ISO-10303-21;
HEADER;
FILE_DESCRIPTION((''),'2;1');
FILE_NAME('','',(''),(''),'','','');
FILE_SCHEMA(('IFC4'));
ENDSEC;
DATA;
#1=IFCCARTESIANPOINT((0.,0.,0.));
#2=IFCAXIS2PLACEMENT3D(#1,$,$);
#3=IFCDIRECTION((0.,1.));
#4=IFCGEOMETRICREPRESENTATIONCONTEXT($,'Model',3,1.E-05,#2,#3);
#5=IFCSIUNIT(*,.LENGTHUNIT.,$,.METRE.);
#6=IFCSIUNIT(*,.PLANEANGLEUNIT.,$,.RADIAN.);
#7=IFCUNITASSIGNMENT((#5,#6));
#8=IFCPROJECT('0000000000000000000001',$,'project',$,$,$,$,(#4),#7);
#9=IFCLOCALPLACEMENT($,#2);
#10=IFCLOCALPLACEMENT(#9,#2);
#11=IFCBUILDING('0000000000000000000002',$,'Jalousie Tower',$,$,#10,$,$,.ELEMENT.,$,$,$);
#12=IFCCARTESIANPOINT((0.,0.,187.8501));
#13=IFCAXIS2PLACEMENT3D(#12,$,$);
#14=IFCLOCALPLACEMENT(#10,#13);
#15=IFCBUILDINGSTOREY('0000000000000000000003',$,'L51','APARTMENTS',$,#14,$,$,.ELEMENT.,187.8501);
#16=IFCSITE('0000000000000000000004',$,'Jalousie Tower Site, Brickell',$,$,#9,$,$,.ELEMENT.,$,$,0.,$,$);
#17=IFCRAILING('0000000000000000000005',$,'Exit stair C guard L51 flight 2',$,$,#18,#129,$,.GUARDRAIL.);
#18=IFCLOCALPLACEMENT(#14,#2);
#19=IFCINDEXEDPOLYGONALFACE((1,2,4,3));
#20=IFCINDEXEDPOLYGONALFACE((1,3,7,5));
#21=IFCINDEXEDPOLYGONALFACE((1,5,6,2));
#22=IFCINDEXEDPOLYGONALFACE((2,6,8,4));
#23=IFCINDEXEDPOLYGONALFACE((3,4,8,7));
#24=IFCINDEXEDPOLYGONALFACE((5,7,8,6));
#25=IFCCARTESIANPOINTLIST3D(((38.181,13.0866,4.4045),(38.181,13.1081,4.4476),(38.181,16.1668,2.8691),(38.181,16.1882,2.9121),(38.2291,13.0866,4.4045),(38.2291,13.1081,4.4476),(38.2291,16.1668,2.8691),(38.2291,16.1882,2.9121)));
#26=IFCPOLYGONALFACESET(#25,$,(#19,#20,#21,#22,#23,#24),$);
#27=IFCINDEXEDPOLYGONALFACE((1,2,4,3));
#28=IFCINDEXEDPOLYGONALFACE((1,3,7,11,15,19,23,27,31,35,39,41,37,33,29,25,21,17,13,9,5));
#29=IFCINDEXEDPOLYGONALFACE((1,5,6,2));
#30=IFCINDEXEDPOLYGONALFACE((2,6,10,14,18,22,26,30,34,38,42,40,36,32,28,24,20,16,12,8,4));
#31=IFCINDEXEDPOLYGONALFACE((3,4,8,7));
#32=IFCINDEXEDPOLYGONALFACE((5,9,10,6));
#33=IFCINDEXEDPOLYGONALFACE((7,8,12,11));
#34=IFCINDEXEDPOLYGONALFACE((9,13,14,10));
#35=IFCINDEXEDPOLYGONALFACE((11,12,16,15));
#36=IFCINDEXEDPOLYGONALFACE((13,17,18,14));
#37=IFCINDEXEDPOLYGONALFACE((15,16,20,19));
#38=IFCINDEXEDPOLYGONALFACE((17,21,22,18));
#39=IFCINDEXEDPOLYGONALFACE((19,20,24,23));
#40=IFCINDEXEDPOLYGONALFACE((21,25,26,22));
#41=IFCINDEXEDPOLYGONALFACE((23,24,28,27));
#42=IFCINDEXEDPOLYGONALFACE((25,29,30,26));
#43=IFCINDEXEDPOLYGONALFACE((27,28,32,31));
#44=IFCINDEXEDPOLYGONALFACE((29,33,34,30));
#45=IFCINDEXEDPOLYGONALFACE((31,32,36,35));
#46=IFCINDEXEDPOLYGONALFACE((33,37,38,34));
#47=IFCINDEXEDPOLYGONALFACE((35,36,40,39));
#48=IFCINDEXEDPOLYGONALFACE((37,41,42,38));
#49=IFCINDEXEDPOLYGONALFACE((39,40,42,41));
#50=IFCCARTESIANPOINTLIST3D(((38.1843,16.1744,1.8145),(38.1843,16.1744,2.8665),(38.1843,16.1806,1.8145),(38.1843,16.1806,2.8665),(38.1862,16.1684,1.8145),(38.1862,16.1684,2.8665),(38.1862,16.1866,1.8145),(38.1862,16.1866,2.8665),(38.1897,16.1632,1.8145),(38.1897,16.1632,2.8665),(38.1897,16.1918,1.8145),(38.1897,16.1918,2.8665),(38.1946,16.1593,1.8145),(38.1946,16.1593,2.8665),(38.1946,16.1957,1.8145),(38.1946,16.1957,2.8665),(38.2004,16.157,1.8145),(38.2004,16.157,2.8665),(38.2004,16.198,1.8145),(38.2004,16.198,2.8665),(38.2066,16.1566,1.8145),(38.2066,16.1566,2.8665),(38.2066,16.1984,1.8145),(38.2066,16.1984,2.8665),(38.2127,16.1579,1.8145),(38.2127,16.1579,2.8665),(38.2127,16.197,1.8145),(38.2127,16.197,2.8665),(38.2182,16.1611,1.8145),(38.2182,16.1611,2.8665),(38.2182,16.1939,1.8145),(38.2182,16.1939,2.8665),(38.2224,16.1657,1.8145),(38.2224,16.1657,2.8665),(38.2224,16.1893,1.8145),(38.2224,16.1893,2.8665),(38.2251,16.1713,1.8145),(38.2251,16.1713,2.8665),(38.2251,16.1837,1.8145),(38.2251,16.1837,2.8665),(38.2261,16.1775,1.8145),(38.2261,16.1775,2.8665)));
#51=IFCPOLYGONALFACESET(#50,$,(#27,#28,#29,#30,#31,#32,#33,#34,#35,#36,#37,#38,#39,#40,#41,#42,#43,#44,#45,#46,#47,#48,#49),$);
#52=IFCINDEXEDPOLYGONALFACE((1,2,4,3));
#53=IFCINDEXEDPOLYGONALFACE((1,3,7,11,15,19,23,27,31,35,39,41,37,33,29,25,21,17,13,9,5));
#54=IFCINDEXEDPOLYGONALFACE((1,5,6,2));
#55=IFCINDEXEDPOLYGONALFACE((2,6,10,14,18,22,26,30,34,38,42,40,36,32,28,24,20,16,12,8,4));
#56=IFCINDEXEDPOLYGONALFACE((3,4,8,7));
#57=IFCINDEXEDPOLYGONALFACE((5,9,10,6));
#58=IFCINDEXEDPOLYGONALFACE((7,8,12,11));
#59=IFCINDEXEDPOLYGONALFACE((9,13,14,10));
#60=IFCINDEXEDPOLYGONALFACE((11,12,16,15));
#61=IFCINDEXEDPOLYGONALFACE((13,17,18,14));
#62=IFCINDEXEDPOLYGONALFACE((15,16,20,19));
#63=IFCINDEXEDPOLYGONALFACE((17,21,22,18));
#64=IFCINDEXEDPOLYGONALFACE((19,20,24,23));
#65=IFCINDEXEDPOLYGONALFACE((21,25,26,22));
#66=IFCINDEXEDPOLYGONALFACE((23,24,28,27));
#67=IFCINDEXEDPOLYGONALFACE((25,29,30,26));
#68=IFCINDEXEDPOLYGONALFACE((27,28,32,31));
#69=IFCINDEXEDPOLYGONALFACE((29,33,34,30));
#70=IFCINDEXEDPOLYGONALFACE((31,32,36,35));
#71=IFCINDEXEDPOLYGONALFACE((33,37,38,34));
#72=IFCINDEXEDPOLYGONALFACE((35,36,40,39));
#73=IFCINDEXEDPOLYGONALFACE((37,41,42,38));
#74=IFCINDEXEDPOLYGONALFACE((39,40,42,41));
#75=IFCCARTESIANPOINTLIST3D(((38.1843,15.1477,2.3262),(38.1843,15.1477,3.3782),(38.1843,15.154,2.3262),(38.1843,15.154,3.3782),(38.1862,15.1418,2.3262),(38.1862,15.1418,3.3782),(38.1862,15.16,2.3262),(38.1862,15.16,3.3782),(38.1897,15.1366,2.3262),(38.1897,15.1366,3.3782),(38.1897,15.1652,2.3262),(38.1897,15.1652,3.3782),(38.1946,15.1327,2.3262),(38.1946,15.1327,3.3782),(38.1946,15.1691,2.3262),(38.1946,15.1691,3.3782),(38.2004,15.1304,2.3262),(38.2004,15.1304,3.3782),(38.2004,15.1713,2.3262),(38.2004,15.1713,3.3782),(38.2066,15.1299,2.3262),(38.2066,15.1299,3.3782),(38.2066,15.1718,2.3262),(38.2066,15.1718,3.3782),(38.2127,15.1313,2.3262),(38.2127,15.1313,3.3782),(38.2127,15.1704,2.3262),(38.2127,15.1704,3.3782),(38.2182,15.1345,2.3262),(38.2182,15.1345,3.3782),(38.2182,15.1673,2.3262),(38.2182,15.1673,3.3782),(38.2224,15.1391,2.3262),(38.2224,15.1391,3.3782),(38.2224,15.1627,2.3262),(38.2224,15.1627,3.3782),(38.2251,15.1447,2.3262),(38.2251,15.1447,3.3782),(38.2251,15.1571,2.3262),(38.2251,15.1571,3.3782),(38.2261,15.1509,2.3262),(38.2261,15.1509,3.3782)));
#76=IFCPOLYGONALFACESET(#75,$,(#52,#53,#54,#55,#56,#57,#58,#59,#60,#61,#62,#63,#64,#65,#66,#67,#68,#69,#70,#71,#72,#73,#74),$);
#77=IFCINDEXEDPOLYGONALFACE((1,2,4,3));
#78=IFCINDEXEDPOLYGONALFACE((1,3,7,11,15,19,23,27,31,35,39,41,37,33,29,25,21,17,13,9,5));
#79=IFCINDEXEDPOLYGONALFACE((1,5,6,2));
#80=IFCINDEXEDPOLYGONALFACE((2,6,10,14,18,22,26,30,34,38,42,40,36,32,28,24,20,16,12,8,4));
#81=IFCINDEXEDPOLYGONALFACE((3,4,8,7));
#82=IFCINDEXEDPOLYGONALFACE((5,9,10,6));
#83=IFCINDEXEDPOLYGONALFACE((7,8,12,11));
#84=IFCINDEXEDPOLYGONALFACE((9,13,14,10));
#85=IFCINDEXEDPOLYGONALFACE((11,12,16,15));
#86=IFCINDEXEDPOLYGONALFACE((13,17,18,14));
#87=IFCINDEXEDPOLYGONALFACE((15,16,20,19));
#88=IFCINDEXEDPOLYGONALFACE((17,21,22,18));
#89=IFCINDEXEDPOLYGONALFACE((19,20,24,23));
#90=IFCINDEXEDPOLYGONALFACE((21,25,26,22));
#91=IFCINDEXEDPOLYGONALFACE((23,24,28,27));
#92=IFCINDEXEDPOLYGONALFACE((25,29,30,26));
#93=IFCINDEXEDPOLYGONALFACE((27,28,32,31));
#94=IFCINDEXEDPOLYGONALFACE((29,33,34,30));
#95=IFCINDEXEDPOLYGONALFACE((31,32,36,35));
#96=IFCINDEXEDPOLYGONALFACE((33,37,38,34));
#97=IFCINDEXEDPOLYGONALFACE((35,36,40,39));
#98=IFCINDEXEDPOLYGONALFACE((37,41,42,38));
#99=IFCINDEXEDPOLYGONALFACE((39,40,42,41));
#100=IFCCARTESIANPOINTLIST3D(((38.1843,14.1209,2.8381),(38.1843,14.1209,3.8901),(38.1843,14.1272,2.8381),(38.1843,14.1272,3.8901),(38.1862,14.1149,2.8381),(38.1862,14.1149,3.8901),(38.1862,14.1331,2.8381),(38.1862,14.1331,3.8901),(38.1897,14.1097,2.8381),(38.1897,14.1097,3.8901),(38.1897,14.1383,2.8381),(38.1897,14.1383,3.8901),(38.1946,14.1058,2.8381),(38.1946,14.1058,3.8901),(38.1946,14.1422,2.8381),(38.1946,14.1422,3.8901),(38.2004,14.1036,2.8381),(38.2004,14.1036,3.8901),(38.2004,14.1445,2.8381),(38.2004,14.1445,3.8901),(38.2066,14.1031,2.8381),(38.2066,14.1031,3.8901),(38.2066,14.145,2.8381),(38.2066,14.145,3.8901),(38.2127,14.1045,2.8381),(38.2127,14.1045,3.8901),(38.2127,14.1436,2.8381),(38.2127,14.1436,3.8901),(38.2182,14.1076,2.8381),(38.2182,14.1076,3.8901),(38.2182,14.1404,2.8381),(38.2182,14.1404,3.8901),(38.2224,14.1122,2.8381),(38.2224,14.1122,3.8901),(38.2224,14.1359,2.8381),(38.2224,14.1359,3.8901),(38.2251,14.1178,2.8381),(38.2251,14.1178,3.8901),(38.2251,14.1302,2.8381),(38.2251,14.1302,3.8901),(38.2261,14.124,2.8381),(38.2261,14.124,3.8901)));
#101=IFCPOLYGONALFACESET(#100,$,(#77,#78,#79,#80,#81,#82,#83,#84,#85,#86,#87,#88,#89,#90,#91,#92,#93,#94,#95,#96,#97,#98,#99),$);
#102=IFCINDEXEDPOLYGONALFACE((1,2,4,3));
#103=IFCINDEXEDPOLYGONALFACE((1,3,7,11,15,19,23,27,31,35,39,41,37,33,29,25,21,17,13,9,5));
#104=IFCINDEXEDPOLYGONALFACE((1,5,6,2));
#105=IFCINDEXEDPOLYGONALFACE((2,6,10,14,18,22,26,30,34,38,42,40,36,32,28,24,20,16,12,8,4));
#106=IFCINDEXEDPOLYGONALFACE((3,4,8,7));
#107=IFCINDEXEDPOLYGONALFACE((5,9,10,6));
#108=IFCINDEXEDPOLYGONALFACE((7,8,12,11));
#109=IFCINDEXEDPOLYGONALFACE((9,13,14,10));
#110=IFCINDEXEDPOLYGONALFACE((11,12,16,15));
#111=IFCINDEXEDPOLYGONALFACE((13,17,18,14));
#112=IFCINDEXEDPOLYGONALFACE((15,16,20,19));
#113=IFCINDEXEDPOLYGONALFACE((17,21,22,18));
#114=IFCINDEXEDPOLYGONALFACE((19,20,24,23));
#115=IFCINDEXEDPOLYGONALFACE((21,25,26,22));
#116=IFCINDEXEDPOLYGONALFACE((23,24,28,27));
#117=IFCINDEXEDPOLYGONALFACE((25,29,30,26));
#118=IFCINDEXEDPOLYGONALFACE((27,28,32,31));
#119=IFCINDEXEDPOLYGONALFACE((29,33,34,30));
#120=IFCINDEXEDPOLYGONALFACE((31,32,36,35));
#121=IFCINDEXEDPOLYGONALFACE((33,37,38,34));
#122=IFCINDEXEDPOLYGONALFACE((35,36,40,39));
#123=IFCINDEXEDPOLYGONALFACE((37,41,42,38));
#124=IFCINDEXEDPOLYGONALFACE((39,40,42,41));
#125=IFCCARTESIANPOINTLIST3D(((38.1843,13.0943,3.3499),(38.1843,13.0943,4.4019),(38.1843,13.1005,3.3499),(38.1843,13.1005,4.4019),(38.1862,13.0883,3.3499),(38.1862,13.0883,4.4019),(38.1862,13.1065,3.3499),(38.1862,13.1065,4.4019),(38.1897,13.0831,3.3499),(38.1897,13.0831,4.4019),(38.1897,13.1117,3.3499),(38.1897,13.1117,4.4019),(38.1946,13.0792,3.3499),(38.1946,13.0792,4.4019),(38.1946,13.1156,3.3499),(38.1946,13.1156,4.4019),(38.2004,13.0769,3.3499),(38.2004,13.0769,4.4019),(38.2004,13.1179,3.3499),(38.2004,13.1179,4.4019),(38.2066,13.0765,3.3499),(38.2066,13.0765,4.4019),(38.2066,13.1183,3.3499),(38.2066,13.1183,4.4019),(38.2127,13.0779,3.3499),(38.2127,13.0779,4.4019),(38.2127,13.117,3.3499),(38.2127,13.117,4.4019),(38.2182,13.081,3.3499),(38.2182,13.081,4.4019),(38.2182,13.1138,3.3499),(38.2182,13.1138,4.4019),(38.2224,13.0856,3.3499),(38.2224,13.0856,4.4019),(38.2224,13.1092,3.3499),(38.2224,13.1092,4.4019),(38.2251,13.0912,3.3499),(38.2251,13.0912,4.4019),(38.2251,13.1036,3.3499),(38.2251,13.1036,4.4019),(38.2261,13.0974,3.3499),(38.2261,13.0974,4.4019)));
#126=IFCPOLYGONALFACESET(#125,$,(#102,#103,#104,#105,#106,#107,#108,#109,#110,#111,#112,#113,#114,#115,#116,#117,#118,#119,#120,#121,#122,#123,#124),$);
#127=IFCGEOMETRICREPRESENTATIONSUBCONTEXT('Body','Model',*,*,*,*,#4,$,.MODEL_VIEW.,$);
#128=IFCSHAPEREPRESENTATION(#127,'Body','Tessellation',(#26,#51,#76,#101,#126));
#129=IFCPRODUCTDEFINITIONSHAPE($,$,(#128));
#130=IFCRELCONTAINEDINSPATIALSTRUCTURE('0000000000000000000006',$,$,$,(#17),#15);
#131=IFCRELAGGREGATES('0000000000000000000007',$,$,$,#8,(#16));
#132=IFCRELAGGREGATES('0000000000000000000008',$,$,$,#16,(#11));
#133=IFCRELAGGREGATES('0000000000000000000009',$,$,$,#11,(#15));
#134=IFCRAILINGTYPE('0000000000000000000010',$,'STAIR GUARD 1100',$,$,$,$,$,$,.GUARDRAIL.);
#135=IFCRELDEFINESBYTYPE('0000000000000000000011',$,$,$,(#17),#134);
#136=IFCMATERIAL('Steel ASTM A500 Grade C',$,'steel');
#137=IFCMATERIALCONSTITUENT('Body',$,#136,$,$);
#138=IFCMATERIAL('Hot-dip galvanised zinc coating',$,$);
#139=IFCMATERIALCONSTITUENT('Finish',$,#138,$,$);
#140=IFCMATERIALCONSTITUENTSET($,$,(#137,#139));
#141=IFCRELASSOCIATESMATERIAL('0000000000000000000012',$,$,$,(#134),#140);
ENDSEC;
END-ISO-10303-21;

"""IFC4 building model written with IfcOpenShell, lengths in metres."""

from ifc_helpers import new_model, si_unit, direction, frame, origin, origin_2d, place, context, subcontext, project, spatial, rectangle, circle, extrude, material, constituent, constituent_set, type_object, element, save


model = new_model("IFC4")

# Units and contexts
model_context = context("Model", 3, precision=1e-05, world=origin(), true_north=direction((0.0, 1.0)))
body_context = subcontext(model_context, "Body", "Model", "MODEL_VIEW")
ifc_project = project(units=[si_unit("LENGTHUNIT", "METRE"), si_unit("PLANEANGLEUNIT", "RADIAN")], contexts=[model_context])

# Site, building, storey
site_placement = place(None, origin())
site = spatial("IfcSite", under=ifc_project, at=site_placement, Name="Jalousie Tower Site, Brickell", CompositionType="ELEMENT", RefElevation=0.0)
building_placement = place(site_placement, origin())
building = spatial("IfcBuilding", under=site, at=building_placement, Name="Jalousie Tower", CompositionType="ELEMENT")
storey_placement = place(building_placement, frame((0.0, 0.0, 187.8501)))
storey = spatial("IfcBuildingStorey", under=building, at=storey_placement, Name="L51", Description="APARTMENTS", CompositionType="ELEMENT", Elevation=187.8501)

# Railing
ifc_material_1 = material(Name="Steel ASTM A500 Grade C", Category="steel")
ifc_constituent_1 = constituent(ifc_material_1, Name="Body")
ifc_material_2 = material(Name="Hot-dip galvanised zinc coating")
ifc_constituent_2 = constituent(ifc_material_2, Name="Finish")
ifc_constituent_set_1 = constituent_set(constituents=[ifc_constituent_1, ifc_constituent_2])
railing_type_1 = type_object("IfcRailingType", Name="STAIR GUARD 1100", PredefinedType="GUARDRAIL", material=ifc_constituent_set_1)
railing_1_placement = place(storey_placement, frame((38.2051, 16.1775, 1.8145)))
element("IfcRailing", 1, at=railing_1_placement, inside=storey, type_object=railing_type_1, Name="Exit stair C guard L51 flight 2", PredefinedType="GUARDRAIL", context=body_context, shape_type="SweptSolid", body=[
    extrude(rectangle(XDim=0.0481, YDim=0.0481, at=origin_2d()), frame((0.0, 0.0, 1.0762), z_axis=(0.0, -0.894966, 0.446135), x_axis=(1.0, 0.0, 0.0)), (0.0, 0.0, 1.0), 3.4417),
    extrude(circle(Radius=0.021, at=origin_2d()), origin(), (0.0, 0.0, 1.0), 1.052),
    extrude(circle(Radius=0.021, at=origin_2d()), frame((0.0, -1.0266, 0.5117)), (0.0, 0.0, 1.0), 1.052),
    extrude(circle(Radius=0.021, at=origin_2d()), frame((0.0, -2.0535, 1.0237)), (0.0, 0.0, 1.0), 1.052),
    extrude(circle(Radius=0.021, at=origin_2d()), frame((0.0, -3.0801, 1.5354)), (0.0, 0.0, 1.0), 1.052),
])

save(model, "model.ifc")
